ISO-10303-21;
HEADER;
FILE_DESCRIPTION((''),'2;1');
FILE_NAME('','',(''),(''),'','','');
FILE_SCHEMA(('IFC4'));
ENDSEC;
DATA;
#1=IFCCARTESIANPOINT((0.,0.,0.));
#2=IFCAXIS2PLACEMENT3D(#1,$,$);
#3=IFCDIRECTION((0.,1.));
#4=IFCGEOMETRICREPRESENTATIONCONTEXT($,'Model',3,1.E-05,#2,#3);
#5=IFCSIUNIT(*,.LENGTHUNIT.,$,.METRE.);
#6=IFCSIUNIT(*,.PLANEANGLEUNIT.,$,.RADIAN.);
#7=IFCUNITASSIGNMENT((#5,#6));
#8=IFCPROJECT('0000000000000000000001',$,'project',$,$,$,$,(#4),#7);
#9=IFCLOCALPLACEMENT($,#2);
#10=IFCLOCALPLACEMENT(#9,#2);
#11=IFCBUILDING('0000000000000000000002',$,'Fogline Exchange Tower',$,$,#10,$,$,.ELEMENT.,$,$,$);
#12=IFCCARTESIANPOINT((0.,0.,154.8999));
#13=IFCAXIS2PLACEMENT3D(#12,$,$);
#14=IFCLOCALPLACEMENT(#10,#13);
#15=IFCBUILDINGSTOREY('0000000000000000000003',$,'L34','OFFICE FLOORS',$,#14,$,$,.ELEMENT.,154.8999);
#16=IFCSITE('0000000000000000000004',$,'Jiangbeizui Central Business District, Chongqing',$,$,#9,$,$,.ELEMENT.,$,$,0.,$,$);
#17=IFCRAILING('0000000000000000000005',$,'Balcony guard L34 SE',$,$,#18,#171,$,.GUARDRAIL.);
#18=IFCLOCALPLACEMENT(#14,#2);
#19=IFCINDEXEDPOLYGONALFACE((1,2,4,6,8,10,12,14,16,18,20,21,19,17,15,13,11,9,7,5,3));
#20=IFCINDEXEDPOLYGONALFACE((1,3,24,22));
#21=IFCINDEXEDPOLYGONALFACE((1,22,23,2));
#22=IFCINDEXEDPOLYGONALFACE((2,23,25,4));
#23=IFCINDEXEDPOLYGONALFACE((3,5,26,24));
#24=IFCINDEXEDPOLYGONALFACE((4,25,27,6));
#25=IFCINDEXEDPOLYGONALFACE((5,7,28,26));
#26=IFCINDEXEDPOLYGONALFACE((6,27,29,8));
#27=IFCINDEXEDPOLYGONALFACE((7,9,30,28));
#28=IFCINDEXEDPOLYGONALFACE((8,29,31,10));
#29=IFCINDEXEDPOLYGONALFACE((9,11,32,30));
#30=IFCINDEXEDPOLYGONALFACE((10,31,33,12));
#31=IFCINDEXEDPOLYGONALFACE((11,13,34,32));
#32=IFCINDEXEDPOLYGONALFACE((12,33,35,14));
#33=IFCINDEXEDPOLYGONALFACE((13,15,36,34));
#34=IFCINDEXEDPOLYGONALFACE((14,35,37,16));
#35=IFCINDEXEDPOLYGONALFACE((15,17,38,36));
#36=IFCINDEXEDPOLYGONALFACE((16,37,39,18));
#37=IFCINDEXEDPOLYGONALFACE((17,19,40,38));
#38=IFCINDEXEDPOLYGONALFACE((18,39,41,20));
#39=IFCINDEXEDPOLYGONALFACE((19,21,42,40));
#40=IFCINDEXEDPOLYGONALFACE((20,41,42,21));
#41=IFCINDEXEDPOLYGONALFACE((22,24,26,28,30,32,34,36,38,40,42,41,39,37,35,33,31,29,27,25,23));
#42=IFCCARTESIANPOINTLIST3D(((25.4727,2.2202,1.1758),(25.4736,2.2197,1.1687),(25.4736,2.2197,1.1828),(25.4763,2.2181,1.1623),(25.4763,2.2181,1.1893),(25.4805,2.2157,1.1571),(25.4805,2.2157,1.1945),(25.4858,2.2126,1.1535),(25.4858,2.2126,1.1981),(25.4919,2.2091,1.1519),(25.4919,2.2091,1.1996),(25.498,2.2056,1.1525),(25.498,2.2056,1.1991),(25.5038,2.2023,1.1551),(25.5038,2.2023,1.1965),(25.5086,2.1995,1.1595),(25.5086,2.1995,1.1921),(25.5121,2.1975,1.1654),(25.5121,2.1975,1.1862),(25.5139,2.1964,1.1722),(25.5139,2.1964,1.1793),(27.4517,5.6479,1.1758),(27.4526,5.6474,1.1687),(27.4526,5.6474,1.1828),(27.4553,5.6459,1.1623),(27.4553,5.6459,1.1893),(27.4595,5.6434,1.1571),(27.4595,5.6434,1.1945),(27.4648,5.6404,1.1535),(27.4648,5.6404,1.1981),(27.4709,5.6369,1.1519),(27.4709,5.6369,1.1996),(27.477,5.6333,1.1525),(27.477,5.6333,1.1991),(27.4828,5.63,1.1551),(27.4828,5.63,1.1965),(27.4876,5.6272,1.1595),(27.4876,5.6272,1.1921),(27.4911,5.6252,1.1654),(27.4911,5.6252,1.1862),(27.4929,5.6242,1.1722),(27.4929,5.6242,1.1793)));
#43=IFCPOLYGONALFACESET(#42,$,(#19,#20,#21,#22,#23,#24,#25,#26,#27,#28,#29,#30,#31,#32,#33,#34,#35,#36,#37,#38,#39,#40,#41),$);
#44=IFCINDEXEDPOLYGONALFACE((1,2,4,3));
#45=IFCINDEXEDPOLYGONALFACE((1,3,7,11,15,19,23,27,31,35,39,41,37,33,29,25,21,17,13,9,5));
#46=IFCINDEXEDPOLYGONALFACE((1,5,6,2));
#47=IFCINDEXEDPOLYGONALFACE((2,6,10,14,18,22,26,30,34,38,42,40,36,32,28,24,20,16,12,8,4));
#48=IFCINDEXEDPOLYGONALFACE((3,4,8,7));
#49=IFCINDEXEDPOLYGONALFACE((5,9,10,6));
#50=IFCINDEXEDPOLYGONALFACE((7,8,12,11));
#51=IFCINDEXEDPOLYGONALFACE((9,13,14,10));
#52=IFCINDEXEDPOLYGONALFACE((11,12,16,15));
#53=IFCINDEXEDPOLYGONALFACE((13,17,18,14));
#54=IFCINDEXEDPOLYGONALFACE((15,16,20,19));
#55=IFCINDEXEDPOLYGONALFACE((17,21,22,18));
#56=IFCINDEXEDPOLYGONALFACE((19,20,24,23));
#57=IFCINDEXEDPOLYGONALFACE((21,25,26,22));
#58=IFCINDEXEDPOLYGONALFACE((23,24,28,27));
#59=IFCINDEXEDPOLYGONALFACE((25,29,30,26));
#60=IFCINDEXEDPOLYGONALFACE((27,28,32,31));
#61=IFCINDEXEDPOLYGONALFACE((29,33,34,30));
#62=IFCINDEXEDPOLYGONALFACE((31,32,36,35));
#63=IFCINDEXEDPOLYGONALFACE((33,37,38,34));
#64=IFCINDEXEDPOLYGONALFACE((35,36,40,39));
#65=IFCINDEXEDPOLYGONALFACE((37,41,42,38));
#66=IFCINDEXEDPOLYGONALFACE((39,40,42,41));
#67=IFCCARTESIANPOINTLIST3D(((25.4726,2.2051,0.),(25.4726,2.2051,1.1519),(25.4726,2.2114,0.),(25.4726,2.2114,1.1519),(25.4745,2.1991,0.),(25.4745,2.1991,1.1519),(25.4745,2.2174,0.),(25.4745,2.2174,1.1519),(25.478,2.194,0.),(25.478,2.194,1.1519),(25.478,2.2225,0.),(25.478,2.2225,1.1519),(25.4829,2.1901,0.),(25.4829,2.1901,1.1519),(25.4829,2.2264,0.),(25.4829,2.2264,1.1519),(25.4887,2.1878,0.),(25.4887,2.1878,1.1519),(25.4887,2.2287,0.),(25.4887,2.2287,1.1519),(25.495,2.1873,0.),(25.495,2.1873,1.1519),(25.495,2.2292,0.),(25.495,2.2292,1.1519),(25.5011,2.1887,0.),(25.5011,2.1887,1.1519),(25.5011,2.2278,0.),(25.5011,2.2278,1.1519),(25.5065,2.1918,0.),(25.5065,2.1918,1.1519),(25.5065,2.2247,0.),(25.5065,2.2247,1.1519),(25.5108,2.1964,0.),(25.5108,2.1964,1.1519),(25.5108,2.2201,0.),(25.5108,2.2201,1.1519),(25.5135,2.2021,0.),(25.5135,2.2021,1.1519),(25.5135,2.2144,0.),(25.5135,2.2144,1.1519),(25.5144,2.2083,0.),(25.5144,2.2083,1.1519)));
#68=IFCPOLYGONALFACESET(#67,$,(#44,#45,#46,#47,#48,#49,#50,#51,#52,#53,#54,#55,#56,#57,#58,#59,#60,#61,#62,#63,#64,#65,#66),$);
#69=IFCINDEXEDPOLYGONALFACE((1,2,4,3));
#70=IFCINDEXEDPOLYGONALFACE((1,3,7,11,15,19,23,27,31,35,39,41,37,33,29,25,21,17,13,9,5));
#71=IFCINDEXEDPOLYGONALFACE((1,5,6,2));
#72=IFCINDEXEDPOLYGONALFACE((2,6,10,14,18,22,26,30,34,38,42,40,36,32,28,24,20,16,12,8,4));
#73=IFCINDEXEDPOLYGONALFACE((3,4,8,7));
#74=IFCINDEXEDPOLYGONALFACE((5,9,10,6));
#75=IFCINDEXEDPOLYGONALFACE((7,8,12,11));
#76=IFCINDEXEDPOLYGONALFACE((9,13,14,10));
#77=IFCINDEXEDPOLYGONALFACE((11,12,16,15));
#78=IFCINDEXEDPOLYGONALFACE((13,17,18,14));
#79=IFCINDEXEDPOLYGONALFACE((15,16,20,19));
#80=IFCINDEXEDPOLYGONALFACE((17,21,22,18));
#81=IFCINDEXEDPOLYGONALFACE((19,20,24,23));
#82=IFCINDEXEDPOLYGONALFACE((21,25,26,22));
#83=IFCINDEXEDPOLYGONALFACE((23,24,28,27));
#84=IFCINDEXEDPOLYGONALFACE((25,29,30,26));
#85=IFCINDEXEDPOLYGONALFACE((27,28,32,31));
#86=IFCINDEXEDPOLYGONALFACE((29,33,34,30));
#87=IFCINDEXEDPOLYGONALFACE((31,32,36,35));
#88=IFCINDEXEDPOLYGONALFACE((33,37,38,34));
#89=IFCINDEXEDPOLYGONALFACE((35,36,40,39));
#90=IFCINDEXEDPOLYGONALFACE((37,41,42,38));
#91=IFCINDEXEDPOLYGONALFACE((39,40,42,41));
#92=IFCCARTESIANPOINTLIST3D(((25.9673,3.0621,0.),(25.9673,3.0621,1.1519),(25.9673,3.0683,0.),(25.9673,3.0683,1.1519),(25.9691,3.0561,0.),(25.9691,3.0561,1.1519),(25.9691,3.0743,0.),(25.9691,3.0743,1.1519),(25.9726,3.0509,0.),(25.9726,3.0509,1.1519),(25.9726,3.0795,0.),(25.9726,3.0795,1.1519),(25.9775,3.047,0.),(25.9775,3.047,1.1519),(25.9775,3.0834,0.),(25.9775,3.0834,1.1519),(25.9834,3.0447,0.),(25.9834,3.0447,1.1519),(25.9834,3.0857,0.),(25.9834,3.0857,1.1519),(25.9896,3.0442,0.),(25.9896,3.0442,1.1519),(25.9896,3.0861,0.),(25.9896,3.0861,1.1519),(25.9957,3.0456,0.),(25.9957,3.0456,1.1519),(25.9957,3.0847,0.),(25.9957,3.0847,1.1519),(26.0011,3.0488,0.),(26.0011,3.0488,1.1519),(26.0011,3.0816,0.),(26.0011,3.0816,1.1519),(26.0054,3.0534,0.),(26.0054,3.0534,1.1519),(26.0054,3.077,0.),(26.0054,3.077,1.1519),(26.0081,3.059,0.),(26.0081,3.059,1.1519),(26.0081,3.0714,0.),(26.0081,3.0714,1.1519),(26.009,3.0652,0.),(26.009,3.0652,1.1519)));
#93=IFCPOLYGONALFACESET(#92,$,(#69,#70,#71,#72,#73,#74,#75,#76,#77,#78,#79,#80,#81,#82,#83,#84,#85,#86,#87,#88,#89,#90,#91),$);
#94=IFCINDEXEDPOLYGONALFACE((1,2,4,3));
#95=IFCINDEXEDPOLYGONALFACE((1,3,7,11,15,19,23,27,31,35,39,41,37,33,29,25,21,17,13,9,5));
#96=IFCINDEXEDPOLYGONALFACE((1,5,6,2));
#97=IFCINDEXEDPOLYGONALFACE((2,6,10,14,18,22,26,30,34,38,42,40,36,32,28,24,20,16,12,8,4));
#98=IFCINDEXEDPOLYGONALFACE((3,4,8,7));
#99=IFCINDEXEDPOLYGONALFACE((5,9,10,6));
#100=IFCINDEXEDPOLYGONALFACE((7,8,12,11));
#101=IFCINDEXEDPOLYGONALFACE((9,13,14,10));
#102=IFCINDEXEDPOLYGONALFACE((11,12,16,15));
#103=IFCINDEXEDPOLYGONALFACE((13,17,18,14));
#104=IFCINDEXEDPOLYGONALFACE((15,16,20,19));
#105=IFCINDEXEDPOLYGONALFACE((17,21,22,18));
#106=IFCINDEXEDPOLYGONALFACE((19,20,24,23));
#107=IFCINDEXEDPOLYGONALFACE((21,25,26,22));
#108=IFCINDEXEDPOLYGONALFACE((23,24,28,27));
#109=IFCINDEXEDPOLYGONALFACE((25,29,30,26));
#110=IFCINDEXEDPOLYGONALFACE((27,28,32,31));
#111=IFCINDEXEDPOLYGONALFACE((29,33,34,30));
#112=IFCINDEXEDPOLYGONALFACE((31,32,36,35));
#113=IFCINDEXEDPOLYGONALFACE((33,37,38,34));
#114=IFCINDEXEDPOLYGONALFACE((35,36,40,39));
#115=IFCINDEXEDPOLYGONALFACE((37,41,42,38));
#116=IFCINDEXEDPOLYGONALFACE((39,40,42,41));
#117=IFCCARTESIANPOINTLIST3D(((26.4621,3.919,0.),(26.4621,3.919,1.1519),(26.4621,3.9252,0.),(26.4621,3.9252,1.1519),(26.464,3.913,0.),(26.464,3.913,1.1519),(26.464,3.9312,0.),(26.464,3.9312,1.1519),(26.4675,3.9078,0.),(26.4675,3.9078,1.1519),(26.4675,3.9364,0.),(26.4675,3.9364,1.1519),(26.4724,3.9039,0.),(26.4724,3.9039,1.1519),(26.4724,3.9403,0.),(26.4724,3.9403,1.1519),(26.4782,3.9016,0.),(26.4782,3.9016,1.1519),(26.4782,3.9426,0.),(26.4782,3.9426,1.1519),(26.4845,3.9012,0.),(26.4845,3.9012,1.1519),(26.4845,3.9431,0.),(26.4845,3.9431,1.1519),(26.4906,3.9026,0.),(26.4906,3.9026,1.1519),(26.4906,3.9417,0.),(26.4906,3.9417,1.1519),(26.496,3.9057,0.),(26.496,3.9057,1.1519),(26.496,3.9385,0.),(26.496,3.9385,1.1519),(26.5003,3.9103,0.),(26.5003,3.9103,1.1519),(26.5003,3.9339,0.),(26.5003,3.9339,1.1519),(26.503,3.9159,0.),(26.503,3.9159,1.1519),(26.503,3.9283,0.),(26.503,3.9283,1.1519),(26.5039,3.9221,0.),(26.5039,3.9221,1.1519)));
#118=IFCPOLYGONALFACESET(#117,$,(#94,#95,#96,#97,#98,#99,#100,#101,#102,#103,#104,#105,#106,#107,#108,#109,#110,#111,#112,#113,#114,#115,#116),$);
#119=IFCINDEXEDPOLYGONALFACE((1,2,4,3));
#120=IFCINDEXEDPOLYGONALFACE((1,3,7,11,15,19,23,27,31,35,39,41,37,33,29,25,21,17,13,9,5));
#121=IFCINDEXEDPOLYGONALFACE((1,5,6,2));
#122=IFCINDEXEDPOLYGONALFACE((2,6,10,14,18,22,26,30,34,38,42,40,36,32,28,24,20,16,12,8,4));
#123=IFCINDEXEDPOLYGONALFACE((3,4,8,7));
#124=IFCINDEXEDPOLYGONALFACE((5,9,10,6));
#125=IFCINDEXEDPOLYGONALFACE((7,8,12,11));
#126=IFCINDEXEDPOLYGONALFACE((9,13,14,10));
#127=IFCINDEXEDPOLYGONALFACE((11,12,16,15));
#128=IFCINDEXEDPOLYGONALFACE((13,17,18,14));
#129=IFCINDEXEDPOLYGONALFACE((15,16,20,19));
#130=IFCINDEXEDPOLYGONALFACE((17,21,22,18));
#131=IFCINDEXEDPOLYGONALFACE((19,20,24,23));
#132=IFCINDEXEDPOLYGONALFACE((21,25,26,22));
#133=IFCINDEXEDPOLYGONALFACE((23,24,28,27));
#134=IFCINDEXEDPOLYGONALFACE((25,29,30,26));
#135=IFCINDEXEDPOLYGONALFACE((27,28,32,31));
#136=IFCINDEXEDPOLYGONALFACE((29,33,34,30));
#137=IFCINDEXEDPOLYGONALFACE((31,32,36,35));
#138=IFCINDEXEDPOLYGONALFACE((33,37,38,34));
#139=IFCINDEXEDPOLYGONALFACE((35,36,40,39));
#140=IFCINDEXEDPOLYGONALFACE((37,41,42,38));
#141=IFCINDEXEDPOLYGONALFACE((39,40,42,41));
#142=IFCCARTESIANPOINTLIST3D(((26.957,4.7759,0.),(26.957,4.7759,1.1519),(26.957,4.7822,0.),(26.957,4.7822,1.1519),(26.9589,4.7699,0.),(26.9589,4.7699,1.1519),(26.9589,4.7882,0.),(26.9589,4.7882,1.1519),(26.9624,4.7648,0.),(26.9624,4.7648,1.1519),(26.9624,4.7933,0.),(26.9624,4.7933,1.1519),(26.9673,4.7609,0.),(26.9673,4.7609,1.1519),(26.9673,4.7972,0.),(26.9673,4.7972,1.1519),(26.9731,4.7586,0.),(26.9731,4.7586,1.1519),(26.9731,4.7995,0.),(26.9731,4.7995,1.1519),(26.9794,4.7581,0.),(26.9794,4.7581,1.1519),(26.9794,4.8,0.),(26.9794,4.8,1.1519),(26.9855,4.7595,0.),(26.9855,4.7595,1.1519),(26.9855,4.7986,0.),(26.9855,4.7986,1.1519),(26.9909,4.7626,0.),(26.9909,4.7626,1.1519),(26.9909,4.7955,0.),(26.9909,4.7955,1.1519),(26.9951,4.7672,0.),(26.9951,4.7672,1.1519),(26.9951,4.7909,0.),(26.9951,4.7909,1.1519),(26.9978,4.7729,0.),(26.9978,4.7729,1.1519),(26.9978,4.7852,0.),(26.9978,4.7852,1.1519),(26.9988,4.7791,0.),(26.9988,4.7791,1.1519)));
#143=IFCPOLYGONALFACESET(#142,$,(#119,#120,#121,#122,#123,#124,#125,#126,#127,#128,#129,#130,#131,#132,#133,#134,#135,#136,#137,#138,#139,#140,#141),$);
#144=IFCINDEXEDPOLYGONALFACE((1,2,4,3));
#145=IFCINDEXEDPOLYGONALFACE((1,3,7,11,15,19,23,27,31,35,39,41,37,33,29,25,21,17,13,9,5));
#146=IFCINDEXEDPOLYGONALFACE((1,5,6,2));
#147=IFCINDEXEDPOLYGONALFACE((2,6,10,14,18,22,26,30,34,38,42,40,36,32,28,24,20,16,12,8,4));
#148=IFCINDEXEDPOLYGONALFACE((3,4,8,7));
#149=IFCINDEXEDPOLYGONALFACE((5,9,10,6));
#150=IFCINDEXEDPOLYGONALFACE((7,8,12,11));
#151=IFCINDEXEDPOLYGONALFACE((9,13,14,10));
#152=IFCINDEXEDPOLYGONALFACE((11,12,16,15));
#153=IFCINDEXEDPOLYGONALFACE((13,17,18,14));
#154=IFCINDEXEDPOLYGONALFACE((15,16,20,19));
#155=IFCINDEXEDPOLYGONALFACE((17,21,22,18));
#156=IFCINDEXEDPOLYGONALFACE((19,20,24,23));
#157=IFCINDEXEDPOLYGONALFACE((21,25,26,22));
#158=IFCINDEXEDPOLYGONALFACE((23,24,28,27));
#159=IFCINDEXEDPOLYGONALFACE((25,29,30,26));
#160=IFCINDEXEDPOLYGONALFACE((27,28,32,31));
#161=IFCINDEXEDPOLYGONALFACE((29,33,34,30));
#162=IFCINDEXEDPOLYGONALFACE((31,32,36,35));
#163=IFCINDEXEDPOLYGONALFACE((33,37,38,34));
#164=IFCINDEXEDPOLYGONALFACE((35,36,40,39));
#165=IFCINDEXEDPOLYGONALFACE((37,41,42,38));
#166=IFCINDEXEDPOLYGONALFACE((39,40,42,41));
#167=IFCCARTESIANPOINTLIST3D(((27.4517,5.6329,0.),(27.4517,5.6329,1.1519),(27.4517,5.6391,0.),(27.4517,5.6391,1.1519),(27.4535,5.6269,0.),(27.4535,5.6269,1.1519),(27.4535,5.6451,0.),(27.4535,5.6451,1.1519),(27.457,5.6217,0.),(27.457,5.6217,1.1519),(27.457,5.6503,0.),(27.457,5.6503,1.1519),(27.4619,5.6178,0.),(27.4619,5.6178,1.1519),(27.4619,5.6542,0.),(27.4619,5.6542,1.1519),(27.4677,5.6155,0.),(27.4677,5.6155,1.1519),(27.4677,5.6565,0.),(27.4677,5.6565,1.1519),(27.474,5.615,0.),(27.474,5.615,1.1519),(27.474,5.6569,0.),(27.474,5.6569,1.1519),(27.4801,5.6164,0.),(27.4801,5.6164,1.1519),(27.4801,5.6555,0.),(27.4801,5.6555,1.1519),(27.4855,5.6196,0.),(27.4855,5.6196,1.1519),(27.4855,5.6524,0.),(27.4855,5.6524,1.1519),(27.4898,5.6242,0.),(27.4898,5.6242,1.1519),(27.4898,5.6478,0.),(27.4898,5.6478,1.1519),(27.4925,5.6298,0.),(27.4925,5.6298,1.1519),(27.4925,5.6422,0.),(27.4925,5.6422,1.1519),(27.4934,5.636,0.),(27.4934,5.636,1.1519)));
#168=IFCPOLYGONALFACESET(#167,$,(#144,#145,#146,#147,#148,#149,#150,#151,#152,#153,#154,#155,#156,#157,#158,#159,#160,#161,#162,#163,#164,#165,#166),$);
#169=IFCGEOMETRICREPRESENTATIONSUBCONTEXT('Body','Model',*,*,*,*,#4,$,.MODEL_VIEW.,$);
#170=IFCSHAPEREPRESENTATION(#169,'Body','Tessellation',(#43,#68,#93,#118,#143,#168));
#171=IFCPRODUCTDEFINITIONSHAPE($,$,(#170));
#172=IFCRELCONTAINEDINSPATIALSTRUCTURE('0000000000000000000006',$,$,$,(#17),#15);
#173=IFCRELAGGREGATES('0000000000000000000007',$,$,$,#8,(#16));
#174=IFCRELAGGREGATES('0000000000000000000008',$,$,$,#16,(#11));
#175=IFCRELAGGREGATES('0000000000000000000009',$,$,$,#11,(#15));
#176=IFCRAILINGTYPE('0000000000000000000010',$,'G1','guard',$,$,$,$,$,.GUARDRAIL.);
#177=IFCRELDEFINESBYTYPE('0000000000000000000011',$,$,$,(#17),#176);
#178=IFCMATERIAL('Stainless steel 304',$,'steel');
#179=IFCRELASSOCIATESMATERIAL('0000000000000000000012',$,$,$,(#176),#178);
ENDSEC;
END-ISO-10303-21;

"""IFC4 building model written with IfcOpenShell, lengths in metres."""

from ifc_helpers import new_model, si_unit, direction, frame, origin, origin_2d, place, context, subcontext, project, spatial, circle, extrude, material, type_object, element, save


model = new_model("IFC4")

# Units and contexts
model_context = context("Model", 3, precision=1e-05, world=origin(), true_north=direction((0.0, 1.0)))
body_context = subcontext(model_context, "Body", "Model", "MODEL_VIEW")
ifc_project = project(units=[si_unit("LENGTHUNIT", "METRE"), si_unit("PLANEANGLEUNIT", "RADIAN")], contexts=[model_context])

# Site, building, storey
site_placement = place(None, origin())
site = spatial("IfcSite", under=ifc_project, at=site_placement, Name="Jiangbeizui Central Business District, Chongqing", CompositionType="ELEMENT", RefElevation=0.0)
building_placement = place(site_placement, origin())
building = spatial("IfcBuilding", under=site, at=building_placement, Name="Fogline Exchange Tower", CompositionType="ELEMENT")
storey_placement = place(building_placement, frame((0.0, 0.0, 154.8999)))
storey = spatial("IfcBuildingStorey", under=building, at=storey_placement, Name="L34", Description="OFFICE FLOORS", CompositionType="ELEMENT", Elevation=154.8999)

# Railing
ifc_material_1 = material(Name="Stainless steel 304", Category="steel")
railing_type = type_object("IfcRailingType", Name="G1", Description="guard", PredefinedType="GUARDRAIL", material=ifc_material_1)
railing_placement = place(storey_placement, frame((25.4934, 2.2083, 0.0)))
element("IfcRailing", 1, at=railing_placement, inside=storey, type_object=railing_type, Name="Balcony guard L34 SE", PredefinedType="GUARDRAIL", context=body_context, shape_type="SweptSolid", body=[
    extrude(circle(Radius=0.0239, at=origin_2d()), frame((0.0, 0.0, 1.1758), z_axis=(0.5, 0.866025, 0.0), x_axis=(-0.866025, 0.5, 0.0)), (0.0, 0.0, 1.0), 3.958),
    extrude(circle(Radius=0.021, at=origin_2d()), origin(), (0.0, 0.0, 1.0), 1.1519),
    extrude(circle(Radius=0.021, at=origin_2d()), frame((0.4946, 0.8569, 0.0)), (0.0, 0.0, 1.0), 1.1519),
    extrude(circle(Radius=0.021, at=origin_2d()), frame((0.9895, 1.7139, 0.0)), (0.0, 0.0, 1.0), 1.1519),
    extrude(circle(Radius=0.021, at=origin_2d()), frame((1.4844, 2.5708, 0.0)), (0.0, 0.0, 1.0), 1.1519),
    extrude(circle(Radius=0.021, at=origin_2d()), frame((1.979, 3.4277, 0.0)), (0.0, 0.0, 1.0), 1.1519),
])

save(model, "model.ifc")
